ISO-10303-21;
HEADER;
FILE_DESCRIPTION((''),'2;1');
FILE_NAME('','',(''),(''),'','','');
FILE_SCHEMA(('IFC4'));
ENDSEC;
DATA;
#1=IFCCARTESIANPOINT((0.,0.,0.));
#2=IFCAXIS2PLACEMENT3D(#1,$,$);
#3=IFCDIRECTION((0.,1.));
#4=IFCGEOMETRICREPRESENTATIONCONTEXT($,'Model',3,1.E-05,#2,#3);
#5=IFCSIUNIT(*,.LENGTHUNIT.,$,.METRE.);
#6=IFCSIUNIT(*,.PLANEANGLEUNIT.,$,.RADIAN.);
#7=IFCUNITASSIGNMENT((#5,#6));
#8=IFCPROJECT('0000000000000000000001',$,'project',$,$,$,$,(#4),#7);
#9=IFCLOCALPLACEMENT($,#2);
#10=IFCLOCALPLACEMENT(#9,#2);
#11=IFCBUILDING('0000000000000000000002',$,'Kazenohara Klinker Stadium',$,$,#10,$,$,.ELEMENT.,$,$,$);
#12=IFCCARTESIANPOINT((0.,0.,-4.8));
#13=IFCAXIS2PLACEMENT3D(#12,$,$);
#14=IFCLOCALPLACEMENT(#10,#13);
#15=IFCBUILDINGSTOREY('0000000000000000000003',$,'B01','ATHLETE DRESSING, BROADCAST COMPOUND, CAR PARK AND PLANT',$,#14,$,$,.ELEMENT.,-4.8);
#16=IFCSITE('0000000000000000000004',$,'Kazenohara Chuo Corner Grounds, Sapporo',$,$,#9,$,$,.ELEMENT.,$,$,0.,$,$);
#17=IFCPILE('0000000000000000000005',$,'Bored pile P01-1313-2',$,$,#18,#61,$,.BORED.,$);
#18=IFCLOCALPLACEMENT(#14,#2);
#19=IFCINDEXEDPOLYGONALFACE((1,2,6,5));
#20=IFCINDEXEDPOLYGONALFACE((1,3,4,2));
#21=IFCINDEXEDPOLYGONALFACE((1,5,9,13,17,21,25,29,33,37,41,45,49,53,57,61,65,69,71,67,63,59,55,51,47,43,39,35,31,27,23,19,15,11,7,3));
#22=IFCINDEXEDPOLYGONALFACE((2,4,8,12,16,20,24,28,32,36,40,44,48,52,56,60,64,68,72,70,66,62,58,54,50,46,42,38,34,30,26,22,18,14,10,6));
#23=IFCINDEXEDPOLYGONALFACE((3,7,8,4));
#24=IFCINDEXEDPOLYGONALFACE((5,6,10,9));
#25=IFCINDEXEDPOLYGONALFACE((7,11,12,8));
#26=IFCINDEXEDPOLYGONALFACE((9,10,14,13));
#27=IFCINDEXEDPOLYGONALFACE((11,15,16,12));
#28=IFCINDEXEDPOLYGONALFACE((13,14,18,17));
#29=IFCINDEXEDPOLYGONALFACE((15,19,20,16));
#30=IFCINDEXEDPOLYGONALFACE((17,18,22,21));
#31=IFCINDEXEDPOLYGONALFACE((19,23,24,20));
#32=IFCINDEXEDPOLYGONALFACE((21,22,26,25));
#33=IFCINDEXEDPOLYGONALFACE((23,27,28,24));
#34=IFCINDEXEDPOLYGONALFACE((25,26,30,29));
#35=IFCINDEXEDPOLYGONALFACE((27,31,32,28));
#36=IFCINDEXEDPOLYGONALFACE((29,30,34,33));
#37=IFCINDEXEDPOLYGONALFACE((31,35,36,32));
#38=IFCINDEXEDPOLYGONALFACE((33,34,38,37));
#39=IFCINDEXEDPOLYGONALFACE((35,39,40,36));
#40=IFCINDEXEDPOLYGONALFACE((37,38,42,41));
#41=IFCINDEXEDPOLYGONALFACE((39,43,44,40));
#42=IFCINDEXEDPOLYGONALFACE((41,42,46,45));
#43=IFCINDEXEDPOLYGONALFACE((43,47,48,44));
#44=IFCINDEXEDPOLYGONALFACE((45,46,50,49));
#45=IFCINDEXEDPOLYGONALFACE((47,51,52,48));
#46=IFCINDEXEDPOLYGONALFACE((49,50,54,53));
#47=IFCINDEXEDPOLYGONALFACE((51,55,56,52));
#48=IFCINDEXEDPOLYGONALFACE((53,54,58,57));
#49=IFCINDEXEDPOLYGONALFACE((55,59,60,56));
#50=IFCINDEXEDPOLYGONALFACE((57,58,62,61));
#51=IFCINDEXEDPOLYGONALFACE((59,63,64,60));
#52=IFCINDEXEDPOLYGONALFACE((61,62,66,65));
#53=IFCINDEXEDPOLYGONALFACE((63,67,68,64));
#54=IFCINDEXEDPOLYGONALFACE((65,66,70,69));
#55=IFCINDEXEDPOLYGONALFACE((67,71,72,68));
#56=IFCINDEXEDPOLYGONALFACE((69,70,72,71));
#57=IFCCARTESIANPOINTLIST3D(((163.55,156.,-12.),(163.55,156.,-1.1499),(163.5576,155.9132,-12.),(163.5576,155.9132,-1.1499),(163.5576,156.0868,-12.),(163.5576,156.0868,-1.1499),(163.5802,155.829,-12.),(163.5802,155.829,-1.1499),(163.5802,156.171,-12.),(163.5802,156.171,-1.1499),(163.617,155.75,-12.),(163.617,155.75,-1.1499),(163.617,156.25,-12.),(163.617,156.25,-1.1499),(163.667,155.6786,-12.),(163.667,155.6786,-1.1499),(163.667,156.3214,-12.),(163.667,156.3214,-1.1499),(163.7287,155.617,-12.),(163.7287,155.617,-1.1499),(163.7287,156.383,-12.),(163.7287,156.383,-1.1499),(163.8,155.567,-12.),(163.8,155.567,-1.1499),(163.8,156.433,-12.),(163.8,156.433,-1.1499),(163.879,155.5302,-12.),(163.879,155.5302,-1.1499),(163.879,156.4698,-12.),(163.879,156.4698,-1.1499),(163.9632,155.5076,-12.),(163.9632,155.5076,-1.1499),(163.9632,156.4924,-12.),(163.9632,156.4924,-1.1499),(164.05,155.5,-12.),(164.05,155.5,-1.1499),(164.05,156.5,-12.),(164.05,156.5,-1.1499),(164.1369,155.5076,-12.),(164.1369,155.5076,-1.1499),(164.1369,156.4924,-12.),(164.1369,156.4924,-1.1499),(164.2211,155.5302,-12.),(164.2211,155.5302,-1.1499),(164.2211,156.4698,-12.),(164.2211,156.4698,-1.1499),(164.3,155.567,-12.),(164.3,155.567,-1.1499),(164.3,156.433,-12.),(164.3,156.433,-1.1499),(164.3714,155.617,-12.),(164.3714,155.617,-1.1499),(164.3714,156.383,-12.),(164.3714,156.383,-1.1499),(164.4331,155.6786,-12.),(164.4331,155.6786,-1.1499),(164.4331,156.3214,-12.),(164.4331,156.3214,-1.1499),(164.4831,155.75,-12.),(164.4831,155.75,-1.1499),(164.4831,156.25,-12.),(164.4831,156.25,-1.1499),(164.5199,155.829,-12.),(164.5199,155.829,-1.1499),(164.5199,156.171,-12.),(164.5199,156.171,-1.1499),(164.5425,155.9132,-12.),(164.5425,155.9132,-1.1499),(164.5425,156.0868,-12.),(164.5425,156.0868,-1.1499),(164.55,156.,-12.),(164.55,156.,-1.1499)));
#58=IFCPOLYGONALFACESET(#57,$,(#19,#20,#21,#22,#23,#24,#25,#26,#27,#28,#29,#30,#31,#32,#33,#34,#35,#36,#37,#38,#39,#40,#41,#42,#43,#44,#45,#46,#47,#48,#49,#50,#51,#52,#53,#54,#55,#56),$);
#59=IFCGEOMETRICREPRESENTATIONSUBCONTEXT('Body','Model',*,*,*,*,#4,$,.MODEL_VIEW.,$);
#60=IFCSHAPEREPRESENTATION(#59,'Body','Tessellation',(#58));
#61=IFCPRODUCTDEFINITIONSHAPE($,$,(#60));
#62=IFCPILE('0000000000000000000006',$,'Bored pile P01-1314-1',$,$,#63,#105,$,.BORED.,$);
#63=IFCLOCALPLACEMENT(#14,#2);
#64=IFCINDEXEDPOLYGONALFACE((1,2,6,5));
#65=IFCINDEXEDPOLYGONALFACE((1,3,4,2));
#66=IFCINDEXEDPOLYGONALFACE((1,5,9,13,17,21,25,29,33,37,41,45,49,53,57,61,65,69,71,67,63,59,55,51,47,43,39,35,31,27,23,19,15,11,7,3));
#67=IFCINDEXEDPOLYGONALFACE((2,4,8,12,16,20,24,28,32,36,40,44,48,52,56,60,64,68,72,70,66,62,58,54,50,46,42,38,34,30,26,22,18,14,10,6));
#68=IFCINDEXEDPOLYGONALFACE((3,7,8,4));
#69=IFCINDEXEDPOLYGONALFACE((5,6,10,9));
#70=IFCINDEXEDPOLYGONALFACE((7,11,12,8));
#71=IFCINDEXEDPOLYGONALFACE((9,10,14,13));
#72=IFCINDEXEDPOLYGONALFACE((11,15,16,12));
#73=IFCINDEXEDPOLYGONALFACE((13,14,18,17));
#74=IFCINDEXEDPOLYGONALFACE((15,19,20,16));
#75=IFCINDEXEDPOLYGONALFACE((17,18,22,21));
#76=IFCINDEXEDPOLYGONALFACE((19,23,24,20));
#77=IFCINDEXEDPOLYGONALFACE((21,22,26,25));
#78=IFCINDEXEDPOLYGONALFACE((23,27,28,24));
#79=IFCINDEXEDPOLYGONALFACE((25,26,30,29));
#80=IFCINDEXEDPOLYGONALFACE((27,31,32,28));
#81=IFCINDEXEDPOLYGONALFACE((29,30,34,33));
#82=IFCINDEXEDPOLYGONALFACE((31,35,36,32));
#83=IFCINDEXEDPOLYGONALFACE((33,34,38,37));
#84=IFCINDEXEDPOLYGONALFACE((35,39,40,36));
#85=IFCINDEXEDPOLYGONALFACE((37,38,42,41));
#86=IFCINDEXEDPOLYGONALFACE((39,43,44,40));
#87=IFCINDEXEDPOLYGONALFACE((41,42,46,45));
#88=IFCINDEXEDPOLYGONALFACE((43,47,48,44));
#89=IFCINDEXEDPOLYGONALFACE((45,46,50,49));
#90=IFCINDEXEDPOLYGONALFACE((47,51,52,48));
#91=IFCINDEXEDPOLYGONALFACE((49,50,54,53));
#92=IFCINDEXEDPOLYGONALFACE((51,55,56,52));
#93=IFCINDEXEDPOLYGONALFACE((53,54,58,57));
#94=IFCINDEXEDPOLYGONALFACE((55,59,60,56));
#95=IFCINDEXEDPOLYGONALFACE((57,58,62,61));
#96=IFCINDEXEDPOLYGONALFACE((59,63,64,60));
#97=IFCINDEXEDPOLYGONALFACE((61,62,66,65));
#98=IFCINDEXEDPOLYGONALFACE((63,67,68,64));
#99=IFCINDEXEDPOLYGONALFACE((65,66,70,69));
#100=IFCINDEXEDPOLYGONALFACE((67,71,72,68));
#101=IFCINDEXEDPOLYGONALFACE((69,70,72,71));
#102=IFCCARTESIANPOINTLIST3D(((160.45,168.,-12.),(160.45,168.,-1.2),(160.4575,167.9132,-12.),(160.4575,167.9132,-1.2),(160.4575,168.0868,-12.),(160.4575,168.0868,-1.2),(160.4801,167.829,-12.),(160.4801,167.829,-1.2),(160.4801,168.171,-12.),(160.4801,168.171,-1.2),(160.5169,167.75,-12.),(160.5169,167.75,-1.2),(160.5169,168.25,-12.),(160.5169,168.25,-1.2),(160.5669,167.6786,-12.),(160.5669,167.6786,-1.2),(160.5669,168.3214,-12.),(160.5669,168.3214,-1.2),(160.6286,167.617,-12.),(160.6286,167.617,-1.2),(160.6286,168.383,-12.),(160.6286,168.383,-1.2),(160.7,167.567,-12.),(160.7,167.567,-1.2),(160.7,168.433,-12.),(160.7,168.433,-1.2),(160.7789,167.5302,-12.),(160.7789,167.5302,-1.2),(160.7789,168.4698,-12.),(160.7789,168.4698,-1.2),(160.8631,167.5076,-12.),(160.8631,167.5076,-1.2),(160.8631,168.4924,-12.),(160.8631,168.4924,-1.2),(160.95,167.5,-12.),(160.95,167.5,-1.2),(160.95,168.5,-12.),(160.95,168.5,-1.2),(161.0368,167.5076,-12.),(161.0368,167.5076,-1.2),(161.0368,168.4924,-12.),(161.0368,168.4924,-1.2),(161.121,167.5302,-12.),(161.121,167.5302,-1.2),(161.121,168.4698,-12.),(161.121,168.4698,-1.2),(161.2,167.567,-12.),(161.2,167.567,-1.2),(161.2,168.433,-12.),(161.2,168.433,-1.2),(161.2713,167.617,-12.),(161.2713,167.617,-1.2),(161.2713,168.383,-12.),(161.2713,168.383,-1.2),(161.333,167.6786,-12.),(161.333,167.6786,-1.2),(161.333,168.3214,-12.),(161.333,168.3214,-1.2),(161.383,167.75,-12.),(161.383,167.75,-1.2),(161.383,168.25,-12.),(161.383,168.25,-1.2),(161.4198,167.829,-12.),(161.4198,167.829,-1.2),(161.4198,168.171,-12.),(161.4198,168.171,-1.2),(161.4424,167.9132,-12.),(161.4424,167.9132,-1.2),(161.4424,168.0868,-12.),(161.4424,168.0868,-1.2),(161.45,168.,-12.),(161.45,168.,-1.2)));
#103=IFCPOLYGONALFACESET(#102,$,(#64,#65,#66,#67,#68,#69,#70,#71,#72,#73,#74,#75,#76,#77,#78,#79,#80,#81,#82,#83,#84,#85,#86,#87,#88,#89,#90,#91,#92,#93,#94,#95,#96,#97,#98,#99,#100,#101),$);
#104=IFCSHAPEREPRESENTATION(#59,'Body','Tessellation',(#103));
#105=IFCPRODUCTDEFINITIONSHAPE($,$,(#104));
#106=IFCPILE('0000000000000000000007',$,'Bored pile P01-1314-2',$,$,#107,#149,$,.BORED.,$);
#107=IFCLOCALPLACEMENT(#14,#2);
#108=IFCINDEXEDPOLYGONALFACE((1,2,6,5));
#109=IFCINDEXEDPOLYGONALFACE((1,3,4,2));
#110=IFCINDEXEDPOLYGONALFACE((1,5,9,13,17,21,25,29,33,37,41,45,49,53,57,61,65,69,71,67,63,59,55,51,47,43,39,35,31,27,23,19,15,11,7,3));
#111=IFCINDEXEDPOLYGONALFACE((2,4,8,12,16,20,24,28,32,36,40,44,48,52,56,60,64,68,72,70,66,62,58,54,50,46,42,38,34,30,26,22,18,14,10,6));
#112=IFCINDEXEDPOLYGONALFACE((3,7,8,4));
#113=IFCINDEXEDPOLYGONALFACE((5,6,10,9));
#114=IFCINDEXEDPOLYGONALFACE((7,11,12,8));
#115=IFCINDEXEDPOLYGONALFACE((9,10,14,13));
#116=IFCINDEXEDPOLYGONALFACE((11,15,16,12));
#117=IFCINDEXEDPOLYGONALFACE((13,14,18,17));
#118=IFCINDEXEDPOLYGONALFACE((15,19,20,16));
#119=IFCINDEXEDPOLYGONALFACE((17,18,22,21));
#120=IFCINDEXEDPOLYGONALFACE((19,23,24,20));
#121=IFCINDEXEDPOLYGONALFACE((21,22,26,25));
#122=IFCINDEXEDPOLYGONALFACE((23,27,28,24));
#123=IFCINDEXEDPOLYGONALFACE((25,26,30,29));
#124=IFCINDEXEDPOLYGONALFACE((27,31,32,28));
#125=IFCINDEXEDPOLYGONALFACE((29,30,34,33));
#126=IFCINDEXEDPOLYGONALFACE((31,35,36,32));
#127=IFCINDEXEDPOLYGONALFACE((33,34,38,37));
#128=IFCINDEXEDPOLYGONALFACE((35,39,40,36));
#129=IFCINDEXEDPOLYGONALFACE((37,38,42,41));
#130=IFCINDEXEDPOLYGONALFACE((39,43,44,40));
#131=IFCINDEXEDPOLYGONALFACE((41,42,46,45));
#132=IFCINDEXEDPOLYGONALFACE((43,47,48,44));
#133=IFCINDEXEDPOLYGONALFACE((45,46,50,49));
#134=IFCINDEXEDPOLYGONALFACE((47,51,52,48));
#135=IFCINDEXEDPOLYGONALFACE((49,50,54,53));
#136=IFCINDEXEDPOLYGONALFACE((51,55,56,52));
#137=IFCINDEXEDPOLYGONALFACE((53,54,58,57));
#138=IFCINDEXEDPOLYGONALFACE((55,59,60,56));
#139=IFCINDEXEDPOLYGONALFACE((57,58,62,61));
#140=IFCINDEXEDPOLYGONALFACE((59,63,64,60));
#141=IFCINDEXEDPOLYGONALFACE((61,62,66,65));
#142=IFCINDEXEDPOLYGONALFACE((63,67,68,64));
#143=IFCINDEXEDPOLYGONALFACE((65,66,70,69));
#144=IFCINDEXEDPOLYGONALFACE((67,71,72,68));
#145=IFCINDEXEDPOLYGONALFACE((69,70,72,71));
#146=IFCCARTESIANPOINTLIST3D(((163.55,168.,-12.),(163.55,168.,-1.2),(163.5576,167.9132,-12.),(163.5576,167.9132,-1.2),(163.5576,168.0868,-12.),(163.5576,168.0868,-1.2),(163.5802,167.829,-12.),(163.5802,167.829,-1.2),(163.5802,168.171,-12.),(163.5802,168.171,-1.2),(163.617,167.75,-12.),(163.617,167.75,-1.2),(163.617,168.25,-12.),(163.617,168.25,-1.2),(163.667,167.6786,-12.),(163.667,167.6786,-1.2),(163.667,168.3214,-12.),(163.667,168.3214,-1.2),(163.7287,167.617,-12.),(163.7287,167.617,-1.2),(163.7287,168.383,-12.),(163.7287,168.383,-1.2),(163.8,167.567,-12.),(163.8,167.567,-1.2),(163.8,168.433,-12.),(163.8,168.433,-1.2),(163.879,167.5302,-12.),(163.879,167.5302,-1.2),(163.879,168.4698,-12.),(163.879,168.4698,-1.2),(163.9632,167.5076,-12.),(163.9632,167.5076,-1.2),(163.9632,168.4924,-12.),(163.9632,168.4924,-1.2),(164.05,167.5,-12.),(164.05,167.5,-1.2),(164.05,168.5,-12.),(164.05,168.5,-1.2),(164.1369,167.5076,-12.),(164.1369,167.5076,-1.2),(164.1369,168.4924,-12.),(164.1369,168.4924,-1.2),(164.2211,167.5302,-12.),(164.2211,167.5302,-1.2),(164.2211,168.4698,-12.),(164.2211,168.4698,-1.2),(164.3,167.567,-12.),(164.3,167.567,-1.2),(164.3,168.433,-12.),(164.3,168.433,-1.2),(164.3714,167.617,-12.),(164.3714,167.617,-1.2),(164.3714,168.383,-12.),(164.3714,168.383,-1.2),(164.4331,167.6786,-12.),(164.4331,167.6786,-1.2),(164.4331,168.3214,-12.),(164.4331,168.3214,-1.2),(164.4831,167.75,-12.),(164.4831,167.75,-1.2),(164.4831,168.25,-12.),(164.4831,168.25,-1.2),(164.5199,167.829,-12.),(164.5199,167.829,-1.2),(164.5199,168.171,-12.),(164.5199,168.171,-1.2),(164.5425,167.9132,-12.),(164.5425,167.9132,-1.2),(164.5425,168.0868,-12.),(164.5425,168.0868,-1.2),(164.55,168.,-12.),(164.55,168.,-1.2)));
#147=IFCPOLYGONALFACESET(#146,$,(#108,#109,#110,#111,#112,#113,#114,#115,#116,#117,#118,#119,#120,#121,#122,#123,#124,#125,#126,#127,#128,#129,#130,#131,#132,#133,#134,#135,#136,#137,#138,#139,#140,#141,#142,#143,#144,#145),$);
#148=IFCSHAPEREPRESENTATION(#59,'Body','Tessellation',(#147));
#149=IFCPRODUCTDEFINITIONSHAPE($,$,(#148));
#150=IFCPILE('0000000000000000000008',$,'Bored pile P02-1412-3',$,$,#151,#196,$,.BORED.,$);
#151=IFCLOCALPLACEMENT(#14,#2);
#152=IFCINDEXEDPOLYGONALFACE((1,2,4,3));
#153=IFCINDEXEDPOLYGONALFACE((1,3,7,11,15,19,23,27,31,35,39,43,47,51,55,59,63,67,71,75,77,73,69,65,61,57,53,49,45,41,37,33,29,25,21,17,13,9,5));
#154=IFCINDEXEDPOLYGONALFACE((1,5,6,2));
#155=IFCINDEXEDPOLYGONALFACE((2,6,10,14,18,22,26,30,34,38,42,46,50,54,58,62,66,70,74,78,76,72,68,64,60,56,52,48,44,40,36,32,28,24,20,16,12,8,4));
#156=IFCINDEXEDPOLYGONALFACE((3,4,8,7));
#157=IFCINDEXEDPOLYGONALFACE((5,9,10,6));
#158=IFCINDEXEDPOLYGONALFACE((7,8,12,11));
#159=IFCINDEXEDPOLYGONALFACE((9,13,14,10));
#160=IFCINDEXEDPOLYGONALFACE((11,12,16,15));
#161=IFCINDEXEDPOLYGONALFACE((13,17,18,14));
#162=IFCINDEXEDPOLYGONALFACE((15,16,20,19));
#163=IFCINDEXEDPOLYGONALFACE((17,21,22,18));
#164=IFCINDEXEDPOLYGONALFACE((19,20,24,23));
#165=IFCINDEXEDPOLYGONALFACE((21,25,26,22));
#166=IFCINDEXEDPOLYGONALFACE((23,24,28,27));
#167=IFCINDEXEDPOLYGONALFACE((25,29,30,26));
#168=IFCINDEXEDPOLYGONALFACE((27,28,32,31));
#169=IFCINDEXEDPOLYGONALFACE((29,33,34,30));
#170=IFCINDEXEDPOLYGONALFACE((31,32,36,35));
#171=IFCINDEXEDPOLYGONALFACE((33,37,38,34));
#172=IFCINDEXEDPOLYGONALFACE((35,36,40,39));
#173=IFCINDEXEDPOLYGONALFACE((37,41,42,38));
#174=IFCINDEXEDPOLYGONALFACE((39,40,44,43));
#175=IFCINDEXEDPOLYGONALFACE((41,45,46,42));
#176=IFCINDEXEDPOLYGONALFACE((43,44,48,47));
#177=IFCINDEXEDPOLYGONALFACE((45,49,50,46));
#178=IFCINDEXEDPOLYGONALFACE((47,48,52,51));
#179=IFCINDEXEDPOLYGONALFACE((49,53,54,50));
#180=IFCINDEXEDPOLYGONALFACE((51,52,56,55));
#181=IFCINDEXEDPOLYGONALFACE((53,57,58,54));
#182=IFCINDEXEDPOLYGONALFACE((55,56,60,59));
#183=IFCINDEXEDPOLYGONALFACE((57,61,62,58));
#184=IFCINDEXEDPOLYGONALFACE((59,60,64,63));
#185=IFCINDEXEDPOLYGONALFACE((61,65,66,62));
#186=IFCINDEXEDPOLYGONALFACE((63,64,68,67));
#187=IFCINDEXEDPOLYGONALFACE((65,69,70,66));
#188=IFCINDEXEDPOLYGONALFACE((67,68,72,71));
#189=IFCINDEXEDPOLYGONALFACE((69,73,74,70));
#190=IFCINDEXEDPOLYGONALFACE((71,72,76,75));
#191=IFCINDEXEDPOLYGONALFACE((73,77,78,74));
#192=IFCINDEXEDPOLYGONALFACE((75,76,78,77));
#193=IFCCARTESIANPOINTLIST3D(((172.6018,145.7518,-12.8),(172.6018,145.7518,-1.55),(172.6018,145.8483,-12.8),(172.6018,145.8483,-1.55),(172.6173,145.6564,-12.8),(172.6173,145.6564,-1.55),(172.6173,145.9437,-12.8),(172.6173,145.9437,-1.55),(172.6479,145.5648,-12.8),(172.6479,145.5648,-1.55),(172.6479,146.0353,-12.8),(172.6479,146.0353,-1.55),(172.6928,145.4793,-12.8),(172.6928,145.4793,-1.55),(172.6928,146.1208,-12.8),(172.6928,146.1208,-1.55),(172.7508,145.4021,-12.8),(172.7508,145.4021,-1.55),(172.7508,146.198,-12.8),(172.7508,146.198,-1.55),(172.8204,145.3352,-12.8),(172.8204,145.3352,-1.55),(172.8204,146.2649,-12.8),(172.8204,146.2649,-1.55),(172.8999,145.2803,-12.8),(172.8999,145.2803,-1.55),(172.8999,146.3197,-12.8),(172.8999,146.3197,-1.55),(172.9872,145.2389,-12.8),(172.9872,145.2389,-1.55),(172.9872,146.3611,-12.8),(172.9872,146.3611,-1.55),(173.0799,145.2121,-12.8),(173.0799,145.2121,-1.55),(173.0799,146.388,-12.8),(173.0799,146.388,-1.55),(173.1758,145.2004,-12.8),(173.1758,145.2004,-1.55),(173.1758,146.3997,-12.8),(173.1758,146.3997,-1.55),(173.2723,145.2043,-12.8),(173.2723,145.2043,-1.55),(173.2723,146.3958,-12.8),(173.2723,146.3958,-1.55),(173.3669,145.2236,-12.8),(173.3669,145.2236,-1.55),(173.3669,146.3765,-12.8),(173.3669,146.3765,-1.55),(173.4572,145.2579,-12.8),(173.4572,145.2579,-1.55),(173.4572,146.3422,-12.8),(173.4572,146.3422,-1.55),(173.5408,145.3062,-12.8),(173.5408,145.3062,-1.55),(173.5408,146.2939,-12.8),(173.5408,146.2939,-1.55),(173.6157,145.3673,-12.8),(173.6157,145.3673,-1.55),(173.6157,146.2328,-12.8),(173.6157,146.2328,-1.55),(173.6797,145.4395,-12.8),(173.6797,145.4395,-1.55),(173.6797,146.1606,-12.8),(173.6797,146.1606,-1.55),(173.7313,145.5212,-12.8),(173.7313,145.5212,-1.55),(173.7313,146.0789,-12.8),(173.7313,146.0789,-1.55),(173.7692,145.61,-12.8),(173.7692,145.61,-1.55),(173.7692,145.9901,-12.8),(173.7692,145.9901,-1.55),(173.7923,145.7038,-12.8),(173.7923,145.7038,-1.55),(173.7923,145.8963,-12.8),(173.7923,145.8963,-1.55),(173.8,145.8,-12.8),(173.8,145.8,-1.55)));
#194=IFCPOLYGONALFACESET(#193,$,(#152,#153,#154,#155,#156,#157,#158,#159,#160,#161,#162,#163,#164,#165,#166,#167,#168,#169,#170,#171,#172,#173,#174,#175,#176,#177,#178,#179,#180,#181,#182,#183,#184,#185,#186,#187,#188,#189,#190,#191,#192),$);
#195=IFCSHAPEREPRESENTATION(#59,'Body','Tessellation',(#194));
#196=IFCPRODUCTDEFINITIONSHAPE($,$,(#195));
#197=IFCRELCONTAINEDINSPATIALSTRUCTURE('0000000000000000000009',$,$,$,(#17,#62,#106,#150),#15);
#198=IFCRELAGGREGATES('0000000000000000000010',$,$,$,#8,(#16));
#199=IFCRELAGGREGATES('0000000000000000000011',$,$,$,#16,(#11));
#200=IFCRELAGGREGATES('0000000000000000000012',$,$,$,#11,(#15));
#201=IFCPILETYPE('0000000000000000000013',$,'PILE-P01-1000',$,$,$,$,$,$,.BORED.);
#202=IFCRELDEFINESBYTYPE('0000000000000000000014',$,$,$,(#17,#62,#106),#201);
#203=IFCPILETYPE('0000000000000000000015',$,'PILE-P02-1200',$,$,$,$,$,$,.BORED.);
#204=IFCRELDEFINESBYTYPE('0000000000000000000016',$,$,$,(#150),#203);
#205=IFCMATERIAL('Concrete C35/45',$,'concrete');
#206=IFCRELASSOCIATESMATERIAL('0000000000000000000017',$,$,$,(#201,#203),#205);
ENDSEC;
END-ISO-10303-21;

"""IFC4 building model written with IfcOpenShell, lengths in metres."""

from ifc_helpers import new_model, si_unit, direction, frame, origin, origin_2d, place, context, subcontext, project, spatial, circle, extrude, material, material_profile, profile_set, type_object, element, save


model = new_model("IFC4")

# Units and contexts
model_context = context("Model", 3, precision=1e-05, world=origin(), true_north=direction((0.0, 1.0)))
body_context = subcontext(model_context, "Body", "Model", "MODEL_VIEW")
ifc_project = project(units=[si_unit("LENGTHUNIT", "METRE"), si_unit("PLANEANGLEUNIT", "RADIAN")], contexts=[model_context])

# Site, building, storey
site_placement = place(None, origin())
site = spatial("IfcSite", under=ifc_project, at=site_placement, Name="Kazenohara Chuo Corner Grounds, Sapporo", CompositionType="ELEMENT", RefElevation=0.0)
building_placement = place(site_placement, origin())
building = spatial("IfcBuilding", under=site, at=building_placement, Name="Kazenohara Klinker Stadium", CompositionType="ELEMENT")
storey_placement = place(building_placement, frame((0.0, 0.0, -4.8)))
storey = spatial("IfcBuildingStorey", under=building, at=storey_placement, Name="B01", Description="ATHLETE DRESSING, BROADCAST COMPOUND, CAR PARK AND PLANT", CompositionType="ELEMENT", Elevation=-4.8)

# Shared definitions
ifc_material_1 = material(Name="Concrete C35/45", Category="concrete")

# Piles
ifc_material_profile_1 = material_profile(ifc_material_1, circle(Radius=0.5, at=origin_2d()), Name="BORED-PILE-1000")
ifc_profile_set_1 = profile_set([ifc_material_profile_1], Name="Concrete C35/45")
pile_type_1 = type_object("IfcPileType", Name="PILE-P01-1000", PredefinedType="BORED", material=ifc_profile_set_1)
for number, where, z_axis, x_axis, name in (
    (1, (164.05, 156.0, -1.1499), (0.0, 0.0, -1.0), (1.0, 0.0, 0.0), "Bored pile P01-1313-2"),
):
    element("IfcPile", number, at=place(storey_placement, frame(where, z_axis=z_axis, x_axis=x_axis)), inside=storey, type_object=pile_type_1, Name=name, PredefinedType="BORED", context=body_context, shape_type="SweptSolid", body=[
        extrude(circle(Radius=0.5, at=origin_2d()), origin(), (0.0, 0.0, 1.0), 10.8501),
    ])
for number, where, z_axis, x_axis, name in (
    (2, (160.95, 168.0, -1.2), (0.0, 0.0, -1.0), (1.0, 0.0, 0.0), "Bored pile P01-1314-1"),
    (3, (164.05, 168.0, -1.2), (0.0, 0.0, -1.0), (1.0, 0.0, 0.0), "Bored pile P01-1314-2"),
):
    element("IfcPile", number, at=place(storey_placement, frame(where, z_axis=z_axis, x_axis=x_axis)), inside=storey, type_object=pile_type_1, Name=name, PredefinedType="BORED", context=body_context, shape_type="SweptSolid", body=[
        extrude(circle(Radius=0.5, at=origin_2d()), origin(), (0.0, 0.0, 1.0), 10.8),
    ])
ifc_material_profile_2 = material_profile(ifc_material_1, circle(Radius=0.6001, at=origin_2d()), Name="BORED-PILE-1200")
ifc_profile_set_2 = profile_set([ifc_material_profile_2], Name="Concrete C35/45")
pile_type_2 = type_object("IfcPileType", Name="PILE-P02-1200", PredefinedType="BORED", material=ifc_profile_set_2)
pile_1_placement = place(storey_placement, frame((173.2, 145.8, -1.55), z_axis=(0.0, 0.0, -1.0), x_axis=(1.0, 0.0, 0.0)))
element("IfcPile", 4, at=pile_1_placement, inside=storey, type_object=pile_type_2, Name="Bored pile P02-1412-3", PredefinedType="BORED", context=body_context, shape_type="SweptSolid", body=[
    extrude(circle(Radius=0.6001, at=origin_2d()), origin(), (0.0, 0.0, 1.0), 11.25),
])

save(model, "model.ifc")
